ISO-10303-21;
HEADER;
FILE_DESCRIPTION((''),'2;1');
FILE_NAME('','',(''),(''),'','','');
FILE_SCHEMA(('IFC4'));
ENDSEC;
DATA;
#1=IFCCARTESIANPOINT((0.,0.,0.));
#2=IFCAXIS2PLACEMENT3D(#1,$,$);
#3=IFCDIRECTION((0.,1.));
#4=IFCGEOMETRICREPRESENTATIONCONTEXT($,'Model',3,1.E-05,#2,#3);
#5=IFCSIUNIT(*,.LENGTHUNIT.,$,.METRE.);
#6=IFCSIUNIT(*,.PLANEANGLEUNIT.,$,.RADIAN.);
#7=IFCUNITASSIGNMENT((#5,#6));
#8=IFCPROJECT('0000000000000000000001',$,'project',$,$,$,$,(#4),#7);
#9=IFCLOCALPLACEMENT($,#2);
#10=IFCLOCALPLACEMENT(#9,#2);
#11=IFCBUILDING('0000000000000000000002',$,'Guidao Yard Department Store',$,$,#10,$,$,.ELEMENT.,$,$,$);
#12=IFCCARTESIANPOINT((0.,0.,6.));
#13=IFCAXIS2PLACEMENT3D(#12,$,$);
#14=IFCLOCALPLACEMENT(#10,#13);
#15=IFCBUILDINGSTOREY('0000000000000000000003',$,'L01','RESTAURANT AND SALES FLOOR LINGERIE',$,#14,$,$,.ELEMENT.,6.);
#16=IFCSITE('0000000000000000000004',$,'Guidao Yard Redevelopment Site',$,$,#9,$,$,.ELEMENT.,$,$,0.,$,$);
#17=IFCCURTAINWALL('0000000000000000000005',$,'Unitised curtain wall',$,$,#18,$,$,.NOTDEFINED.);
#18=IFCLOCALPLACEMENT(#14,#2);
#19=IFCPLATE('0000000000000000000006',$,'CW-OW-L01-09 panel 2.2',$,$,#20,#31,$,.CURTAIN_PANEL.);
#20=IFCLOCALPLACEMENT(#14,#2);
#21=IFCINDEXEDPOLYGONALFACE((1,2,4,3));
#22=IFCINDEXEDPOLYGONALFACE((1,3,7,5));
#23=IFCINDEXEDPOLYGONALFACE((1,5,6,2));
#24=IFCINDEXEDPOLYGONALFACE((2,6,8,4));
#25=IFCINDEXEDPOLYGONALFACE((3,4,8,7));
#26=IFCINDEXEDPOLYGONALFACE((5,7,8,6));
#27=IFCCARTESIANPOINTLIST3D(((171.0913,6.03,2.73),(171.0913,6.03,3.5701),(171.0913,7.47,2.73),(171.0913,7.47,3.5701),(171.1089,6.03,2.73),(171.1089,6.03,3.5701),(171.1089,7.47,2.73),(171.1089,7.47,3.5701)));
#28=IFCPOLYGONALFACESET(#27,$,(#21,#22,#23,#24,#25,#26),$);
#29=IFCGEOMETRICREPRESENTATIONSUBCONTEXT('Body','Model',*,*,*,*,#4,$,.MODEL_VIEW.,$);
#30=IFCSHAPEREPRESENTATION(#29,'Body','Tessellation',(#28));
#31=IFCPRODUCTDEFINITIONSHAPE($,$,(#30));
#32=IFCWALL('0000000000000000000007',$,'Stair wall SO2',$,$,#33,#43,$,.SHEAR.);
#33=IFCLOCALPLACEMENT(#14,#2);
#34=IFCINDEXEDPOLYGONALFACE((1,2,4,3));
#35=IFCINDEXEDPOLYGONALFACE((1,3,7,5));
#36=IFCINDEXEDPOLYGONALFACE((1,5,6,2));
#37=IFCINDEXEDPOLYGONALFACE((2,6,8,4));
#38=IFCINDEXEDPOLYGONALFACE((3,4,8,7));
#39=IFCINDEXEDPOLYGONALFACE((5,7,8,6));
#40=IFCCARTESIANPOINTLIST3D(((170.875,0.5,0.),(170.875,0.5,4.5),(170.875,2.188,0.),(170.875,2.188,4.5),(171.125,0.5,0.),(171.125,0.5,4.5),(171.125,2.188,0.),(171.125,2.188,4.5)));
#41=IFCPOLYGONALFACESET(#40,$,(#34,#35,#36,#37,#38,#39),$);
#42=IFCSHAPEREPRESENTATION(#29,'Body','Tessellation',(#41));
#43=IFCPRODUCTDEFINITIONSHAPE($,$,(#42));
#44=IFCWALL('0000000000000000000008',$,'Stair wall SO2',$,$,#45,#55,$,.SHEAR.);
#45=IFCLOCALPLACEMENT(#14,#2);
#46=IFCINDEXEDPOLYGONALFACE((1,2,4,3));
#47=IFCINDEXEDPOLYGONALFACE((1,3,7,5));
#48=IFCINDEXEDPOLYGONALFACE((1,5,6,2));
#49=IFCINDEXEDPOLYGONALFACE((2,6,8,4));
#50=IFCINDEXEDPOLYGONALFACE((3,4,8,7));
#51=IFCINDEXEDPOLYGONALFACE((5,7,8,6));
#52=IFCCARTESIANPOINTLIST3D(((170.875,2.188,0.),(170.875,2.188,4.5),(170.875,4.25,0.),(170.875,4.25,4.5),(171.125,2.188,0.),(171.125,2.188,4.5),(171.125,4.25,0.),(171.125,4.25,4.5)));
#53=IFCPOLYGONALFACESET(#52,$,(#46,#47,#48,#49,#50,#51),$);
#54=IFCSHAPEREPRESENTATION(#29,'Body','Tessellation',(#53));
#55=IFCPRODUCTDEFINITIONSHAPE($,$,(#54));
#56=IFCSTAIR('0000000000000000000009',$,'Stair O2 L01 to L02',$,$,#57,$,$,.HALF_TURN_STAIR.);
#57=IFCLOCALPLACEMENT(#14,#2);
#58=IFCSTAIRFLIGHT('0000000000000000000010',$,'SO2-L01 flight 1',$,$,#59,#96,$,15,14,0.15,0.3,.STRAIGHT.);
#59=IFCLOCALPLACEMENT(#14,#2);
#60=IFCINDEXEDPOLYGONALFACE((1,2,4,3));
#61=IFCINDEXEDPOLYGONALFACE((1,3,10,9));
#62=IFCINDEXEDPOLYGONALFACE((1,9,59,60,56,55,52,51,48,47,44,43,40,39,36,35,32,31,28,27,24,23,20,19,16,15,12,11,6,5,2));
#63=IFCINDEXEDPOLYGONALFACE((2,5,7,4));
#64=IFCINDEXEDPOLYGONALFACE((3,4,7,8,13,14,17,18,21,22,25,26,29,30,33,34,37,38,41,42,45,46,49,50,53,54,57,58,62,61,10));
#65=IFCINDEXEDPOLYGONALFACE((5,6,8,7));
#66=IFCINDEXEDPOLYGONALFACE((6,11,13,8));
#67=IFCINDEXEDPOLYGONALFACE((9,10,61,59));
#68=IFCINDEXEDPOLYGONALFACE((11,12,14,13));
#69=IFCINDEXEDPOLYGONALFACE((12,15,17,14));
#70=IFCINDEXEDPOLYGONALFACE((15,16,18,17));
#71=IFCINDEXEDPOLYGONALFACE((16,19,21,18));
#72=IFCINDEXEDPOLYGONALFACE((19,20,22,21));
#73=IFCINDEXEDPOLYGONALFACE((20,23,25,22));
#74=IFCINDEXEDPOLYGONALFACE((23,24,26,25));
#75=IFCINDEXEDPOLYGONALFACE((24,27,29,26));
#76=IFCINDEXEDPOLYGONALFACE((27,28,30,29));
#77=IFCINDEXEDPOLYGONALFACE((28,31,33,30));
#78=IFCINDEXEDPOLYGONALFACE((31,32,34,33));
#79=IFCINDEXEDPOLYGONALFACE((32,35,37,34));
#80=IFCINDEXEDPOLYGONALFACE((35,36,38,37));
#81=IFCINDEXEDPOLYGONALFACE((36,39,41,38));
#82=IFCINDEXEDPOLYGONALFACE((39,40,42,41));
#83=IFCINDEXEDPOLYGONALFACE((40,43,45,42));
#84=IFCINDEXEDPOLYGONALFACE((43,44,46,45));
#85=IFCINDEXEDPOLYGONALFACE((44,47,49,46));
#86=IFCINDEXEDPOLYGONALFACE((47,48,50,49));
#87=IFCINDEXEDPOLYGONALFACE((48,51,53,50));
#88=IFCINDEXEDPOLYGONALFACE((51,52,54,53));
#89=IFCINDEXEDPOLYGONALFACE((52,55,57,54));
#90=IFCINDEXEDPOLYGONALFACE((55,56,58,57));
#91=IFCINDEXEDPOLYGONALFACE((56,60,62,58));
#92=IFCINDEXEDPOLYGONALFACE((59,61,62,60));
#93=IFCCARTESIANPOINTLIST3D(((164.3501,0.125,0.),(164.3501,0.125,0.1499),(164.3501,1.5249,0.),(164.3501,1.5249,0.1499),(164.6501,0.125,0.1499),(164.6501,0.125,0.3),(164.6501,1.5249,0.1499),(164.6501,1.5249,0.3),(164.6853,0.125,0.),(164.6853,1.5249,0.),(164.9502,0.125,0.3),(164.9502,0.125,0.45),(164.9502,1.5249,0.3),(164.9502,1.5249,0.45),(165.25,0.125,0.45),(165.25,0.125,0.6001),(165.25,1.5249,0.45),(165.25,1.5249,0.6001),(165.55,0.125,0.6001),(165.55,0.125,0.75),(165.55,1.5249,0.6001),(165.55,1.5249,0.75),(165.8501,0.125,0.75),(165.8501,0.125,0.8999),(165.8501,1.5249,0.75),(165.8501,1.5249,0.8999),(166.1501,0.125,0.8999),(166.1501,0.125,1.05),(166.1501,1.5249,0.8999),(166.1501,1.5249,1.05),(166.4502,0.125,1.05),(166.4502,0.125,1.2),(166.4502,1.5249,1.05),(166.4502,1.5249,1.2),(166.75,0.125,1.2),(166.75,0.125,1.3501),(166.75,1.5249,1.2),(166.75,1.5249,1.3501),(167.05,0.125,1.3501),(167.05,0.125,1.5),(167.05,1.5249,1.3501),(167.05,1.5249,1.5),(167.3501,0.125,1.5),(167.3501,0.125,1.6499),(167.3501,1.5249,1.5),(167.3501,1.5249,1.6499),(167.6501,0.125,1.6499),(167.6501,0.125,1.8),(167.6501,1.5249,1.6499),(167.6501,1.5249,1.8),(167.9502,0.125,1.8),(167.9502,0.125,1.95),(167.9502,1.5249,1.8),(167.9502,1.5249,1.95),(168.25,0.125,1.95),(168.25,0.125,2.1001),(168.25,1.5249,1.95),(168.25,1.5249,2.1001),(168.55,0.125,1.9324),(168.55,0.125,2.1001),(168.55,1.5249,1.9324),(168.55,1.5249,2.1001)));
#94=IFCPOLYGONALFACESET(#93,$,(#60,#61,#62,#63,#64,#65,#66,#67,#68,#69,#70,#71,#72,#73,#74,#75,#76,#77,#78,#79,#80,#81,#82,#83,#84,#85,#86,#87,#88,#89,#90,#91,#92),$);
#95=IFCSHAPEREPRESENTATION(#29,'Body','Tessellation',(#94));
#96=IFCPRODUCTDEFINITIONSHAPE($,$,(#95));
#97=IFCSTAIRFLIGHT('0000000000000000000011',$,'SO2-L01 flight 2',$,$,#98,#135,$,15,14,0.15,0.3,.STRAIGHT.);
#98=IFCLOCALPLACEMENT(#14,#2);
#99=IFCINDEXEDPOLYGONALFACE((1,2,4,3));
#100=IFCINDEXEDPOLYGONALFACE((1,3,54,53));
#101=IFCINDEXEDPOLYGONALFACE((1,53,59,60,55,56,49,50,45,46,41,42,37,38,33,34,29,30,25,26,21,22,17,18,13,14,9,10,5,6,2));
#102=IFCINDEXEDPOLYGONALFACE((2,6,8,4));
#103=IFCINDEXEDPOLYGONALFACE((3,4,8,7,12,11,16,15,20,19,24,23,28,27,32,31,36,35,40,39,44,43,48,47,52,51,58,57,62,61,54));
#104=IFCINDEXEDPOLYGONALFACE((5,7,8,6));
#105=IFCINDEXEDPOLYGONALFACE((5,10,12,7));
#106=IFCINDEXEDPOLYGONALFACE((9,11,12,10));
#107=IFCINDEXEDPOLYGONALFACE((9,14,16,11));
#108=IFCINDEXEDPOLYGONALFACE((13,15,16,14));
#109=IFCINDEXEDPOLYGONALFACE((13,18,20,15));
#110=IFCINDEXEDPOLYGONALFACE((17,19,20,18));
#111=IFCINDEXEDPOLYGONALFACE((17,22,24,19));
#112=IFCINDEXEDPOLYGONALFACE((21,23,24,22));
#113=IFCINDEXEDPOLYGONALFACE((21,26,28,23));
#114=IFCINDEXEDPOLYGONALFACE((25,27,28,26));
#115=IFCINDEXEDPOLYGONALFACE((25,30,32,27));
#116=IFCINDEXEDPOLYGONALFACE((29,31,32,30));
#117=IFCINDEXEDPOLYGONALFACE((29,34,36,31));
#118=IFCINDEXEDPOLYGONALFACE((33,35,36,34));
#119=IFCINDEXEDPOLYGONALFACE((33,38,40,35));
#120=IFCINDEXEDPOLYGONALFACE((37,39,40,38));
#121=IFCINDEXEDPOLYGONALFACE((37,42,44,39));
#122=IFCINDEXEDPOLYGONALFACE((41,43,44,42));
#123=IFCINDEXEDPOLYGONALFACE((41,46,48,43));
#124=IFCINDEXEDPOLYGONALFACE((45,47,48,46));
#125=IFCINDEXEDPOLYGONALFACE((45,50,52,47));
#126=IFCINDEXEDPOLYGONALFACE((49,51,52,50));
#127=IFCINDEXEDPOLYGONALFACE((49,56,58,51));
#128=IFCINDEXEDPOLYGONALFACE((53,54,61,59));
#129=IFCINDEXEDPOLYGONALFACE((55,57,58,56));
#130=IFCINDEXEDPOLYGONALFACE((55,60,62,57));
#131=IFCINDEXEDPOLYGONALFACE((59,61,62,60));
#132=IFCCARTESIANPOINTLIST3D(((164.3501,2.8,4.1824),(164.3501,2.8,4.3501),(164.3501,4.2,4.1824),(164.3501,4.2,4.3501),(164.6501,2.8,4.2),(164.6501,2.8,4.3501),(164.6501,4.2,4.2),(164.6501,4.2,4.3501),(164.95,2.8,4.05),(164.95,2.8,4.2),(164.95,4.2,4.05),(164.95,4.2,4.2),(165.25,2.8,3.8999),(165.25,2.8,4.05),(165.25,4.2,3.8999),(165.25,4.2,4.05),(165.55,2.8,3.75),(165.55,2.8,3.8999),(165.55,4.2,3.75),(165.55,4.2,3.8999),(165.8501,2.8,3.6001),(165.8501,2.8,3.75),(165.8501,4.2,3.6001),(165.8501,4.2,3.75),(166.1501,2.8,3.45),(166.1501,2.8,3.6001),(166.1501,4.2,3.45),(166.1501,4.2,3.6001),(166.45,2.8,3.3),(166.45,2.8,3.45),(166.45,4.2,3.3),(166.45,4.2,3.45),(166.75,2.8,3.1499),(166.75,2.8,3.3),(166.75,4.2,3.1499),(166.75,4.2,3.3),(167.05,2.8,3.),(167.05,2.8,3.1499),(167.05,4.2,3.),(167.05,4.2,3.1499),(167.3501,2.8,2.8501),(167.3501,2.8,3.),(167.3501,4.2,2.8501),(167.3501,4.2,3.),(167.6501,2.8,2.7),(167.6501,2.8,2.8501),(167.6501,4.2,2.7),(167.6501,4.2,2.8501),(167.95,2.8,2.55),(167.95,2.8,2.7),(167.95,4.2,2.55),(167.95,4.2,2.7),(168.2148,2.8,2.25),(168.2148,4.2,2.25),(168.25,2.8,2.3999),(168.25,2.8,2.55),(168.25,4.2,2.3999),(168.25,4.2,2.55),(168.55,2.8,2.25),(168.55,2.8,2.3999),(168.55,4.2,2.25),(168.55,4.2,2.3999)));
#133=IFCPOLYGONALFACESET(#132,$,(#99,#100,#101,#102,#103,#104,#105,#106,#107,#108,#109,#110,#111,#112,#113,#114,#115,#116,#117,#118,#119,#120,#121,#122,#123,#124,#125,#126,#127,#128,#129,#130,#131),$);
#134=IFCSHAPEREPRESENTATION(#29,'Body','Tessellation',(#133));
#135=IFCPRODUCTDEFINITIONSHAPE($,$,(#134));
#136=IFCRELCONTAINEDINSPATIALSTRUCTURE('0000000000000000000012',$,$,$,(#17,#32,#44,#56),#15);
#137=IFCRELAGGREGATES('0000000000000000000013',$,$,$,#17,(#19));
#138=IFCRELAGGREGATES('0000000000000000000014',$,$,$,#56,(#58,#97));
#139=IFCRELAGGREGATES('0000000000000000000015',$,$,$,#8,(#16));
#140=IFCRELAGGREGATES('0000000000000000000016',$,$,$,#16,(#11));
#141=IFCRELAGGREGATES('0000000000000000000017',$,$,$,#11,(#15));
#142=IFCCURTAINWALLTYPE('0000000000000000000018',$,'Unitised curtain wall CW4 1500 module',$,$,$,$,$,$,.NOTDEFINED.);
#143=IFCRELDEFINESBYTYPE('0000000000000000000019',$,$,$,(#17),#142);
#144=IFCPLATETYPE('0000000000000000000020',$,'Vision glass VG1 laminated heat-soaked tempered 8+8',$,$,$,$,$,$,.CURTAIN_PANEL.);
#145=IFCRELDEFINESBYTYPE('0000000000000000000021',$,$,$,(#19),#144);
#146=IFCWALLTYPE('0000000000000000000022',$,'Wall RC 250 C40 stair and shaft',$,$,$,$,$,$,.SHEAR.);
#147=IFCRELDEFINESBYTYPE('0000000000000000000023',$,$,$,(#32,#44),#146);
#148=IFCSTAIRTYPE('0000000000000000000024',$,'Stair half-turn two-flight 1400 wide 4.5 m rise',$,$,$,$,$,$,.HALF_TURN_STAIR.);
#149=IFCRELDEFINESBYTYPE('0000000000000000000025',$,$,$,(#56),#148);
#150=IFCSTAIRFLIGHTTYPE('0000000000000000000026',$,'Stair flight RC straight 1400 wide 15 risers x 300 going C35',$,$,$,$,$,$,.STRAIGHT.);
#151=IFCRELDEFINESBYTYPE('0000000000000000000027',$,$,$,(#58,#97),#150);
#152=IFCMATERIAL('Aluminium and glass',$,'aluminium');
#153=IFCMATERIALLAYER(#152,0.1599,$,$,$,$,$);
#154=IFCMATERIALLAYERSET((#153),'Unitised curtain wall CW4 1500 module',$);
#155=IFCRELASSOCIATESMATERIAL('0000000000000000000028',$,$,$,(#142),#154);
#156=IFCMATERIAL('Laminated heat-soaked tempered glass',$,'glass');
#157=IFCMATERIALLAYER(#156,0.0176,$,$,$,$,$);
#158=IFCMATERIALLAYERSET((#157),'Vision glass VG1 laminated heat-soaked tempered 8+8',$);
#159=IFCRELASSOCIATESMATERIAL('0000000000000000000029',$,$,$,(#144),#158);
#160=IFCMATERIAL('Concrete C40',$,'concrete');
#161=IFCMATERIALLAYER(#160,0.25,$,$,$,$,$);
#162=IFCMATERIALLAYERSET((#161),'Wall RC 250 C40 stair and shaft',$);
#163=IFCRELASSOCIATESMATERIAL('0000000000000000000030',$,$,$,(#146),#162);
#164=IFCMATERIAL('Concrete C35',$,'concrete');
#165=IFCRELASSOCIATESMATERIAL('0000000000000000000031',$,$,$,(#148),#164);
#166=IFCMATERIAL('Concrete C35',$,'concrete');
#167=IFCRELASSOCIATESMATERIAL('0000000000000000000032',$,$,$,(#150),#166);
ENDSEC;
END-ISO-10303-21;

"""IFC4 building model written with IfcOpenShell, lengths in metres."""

from ifc_helpers import new_model, si_unit, direction, frame, frame_2d, origin, origin_2d, place, context, subcontext, project, spatial, polyline, rectangle, outline, extrude, material, layer, layer_set, type_object, element, aggregate, save


model = new_model("IFC4")

# Units and contexts
model_context = context("Model", 3, precision=1e-05, world=origin(), true_north=direction((0.0, 1.0)))
body_context = subcontext(model_context, "Body", "Model", "MODEL_VIEW")
ifc_project = project(units=[si_unit("LENGTHUNIT", "METRE"), si_unit("PLANEANGLEUNIT", "RADIAN")], contexts=[model_context])

# Site, building, storey
site_placement = place(None, origin())
site = spatial("IfcSite", under=ifc_project, at=site_placement, Name="Guidao Yard Redevelopment Site", CompositionType="ELEMENT", RefElevation=0.0)
building_placement = place(site_placement, origin())
building = spatial("IfcBuilding", under=site, at=building_placement, Name="Guidao Yard Department Store", CompositionType="ELEMENT")
storey_placement = place(building_placement, frame((0.0, 0.0, 6.0)))
storey = spatial("IfcBuildingStorey", under=building, at=storey_placement, Name="L01", Description="RESTAURANT AND SALES FLOOR LINGERIE", CompositionType="ELEMENT", Elevation=6.0)

# Curtain wall, plate
ifc_material_1 = material(Name="Aluminium and glass", Category="aluminium")
ifc_layer_1 = layer(ifc_material_1, 0.1599)
ifc_layer_set_1 = layer_set([ifc_layer_1], Name="Unitised curtain wall CW4 1500 module")
curtain_wall_type = type_object("IfcCurtainWallType", Name="Unitised curtain wall CW4 1500 module", PredefinedType="NOTDEFINED", material=ifc_layer_set_1)
curtain_wall_placement = place(storey_placement, origin())
curtain_wall = element("IfcCurtainWall", 1, at=curtain_wall_placement, inside=storey, type_object=curtain_wall_type, Name="Unitised curtain wall", PredefinedType="NOTDEFINED")
ifc_material_2 = material(Name="Laminated heat-soaked tempered glass", Category="glass")
ifc_layer_2 = layer(ifc_material_2, 0.0176)
ifc_layer_set_2 = layer_set([ifc_layer_2], Name="Vision glass VG1 laminated heat-soaked tempered 8+8")
plate_type_1 = type_object("IfcPlateType", Name="Vision glass VG1 laminated heat-soaked tempered 8+8", PredefinedType="CURTAIN_PANEL", material=ifc_layer_set_2)
plate_1_placement = place(storey_placement, frame((171.1001, 6.75, 2.73), z_axis=(0.0, 0.0, 1.0), x_axis=(0.0, -1.0, 0.0)))
plate_1 = element("IfcPlate", 2, at=plate_1_placement, type_object=plate_type_1, Name="CW-OW-L01-09 panel 2.2", PredefinedType="CURTAIN_PANEL", context=body_context, shape_type="SweptSolid", body=[
    extrude(rectangle(XDim=1.4399, YDim=0.0176, at=origin_2d()), origin(), (0.0, 0.0, 1.0), 0.8401),
])
aggregate(curtain_wall, [plate_1])

# Walls
ifc_material_3 = material(Name="Concrete C40", Category="concrete")
ifc_layer_3 = layer(ifc_material_3, 0.25)
ifc_layer_set_3 = layer_set([ifc_layer_3], Name="Wall RC 250 C40 stair and shaft")
wall_type = type_object("IfcWallType", Name="Wall RC 250 C40 stair and shaft", PredefinedType="SHEAR", material=ifc_layer_set_3)
wall_1_placement = place(storey_placement, frame((171.0, 0.5, 0.0), z_axis=(0.0, 0.0, 1.0), x_axis=(0.0, 1.0, 0.0)))
element("IfcWall", 3, at=wall_1_placement, inside=storey, type_object=wall_type, Name="Stair wall SO2", PredefinedType="SHEAR", context=body_context, shape_type="SweptSolid", body=[
    extrude(rectangle(XDim=1.688, YDim=0.25, at=frame_2d((0.844, 0.0))), origin(), (0.0, 0.0, 1.0), 4.5),
])
wall_2_placement = place(storey_placement, frame((171.0, 2.188, 0.0), z_axis=(0.0, 0.0, 1.0), x_axis=(0.0, 1.0, 0.0)))
element("IfcWall", 4, at=wall_2_placement, inside=storey, type_object=wall_type, Name="Stair wall SO2", PredefinedType="SHEAR", context=body_context, shape_type="SweptSolid", body=[
    extrude(rectangle(XDim=2.062, YDim=0.25, at=frame_2d((1.031, 0.0))), origin(), (0.0, 0.0, 1.0), 4.5),
])

# Stair, stair flights
ifc_material_4 = material(Name="Concrete C35", Category="concrete")
stair_type = type_object("IfcStairType", Name="Stair half-turn two-flight 1400 wide 4.5 m rise", PredefinedType="HALF_TURN_STAIR", material=ifc_material_4)
stair_placement = place(storey_placement, origin())
stair = element("IfcStair", 5, at=stair_placement, inside=storey, type_object=stair_type, Name="Stair O2 L01 to L02", PredefinedType="HALF_TURN_STAIR")
ifc_material_5 = material(Name="Concrete C35", Category="concrete")
stair_flight_type = type_object("IfcStairFlightType", Name="Stair flight RC straight 1400 wide 15 risers x 300 going C35", PredefinedType="STRAIGHT", material=ifc_material_5)
stair_flight_1_placement = place(storey_placement, frame((164.3501, 0.825, 0.0), z_axis=(0.0, 0.0, 1.0), x_axis=(1.0, 0.0, 0.0)))
stair_flight_1 = element("IfcStairFlight", 6, at=stair_flight_1_placement, type_object=stair_flight_type, Name="SO2-L01 flight 1", NumberOfRisers=15, NumberOfTreads=14, PredefinedType="STRAIGHT", RiserHeight=0.15, TreadLength=0.3, context=body_context, shape_type="SweptSolid", body=[
    extrude(outline(polyline([(0.0, 0.0), (0.0, 0.1499), (0.3, 0.1499), (0.3, 0.3), (0.6001, 0.3), (0.6001, 0.45), (0.8999, 0.45), (0.8999, 0.6001), (1.2, 0.6001), (1.2, 0.75), (1.5, 0.75), (1.5, 0.8999), (1.8, 0.8999), (1.8, 1.05), (2.1001, 1.05), (2.1001, 1.2), (2.3999, 1.2), (2.3999, 1.3501), (2.7, 1.3501), (2.7, 1.5), (3.0, 1.5), (3.0, 1.6499), (3.3, 1.6499), (3.3, 1.8), (3.6001, 1.8), (3.6001, 1.95), (3.8999, 1.95), (3.8999, 2.1001), (4.2, 2.1001), (4.2, 2.25), (4.2, 1.9324), (0.3352, 0.0), (0.0, 0.0)])), frame((0.0, 0.7, 0.0), z_axis=(0.0, -1.0, 0.0), x_axis=(1.0, 0.0, 0.0)), (0.0, 0.0, 1.0), 1.3999),
])
stair_flight_2_placement = place(storey_placement, frame((168.55, 3.5, 2.25), z_axis=(0.0, 0.0, 1.0), x_axis=(-1.0, 0.0, 0.0)))
stair_flight_2 = element("IfcStairFlight", 7, at=stair_flight_2_placement, type_object=stair_flight_type, Name="SO2-L01 flight 2", NumberOfRisers=15, NumberOfTreads=14, PredefinedType="STRAIGHT", RiserHeight=0.15, TreadLength=0.3, context=body_context, shape_type="SweptSolid", body=[
    extrude(outline(polyline([(0.0, 0.0), (0.0, 0.1499), (0.3, 0.1499), (0.3, 0.3), (0.6001, 0.3), (0.6001, 0.45), (0.8999, 0.45), (0.8999, 0.6001), (1.2, 0.6001), (1.2, 0.75), (1.5, 0.75), (1.5, 0.8999), (1.8, 0.8999), (1.8, 1.05), (2.1001, 1.05), (2.1001, 1.2), (2.3999, 1.2), (2.3999, 1.3501), (2.7, 1.3501), (2.7, 1.5), (3.0, 1.5), (3.0, 1.6499), (3.3, 1.6499), (3.3, 1.8), (3.6001, 1.8), (3.6001, 1.95), (3.8999, 1.95), (3.8999, 2.1001), (4.2, 2.1001), (4.2, 2.25), (4.2, 1.9324), (0.3352, 0.0), (0.0, 0.0)])), frame((0.0, 0.7, 0.0), z_axis=(0.0, -1.0, 0.0), x_axis=(1.0, 0.0, 0.0)), (0.0, 0.0, 1.0), 1.3999),
])
aggregate(stair, [stair_flight_1, stair_flight_2])

save(model, "model.ifc")
